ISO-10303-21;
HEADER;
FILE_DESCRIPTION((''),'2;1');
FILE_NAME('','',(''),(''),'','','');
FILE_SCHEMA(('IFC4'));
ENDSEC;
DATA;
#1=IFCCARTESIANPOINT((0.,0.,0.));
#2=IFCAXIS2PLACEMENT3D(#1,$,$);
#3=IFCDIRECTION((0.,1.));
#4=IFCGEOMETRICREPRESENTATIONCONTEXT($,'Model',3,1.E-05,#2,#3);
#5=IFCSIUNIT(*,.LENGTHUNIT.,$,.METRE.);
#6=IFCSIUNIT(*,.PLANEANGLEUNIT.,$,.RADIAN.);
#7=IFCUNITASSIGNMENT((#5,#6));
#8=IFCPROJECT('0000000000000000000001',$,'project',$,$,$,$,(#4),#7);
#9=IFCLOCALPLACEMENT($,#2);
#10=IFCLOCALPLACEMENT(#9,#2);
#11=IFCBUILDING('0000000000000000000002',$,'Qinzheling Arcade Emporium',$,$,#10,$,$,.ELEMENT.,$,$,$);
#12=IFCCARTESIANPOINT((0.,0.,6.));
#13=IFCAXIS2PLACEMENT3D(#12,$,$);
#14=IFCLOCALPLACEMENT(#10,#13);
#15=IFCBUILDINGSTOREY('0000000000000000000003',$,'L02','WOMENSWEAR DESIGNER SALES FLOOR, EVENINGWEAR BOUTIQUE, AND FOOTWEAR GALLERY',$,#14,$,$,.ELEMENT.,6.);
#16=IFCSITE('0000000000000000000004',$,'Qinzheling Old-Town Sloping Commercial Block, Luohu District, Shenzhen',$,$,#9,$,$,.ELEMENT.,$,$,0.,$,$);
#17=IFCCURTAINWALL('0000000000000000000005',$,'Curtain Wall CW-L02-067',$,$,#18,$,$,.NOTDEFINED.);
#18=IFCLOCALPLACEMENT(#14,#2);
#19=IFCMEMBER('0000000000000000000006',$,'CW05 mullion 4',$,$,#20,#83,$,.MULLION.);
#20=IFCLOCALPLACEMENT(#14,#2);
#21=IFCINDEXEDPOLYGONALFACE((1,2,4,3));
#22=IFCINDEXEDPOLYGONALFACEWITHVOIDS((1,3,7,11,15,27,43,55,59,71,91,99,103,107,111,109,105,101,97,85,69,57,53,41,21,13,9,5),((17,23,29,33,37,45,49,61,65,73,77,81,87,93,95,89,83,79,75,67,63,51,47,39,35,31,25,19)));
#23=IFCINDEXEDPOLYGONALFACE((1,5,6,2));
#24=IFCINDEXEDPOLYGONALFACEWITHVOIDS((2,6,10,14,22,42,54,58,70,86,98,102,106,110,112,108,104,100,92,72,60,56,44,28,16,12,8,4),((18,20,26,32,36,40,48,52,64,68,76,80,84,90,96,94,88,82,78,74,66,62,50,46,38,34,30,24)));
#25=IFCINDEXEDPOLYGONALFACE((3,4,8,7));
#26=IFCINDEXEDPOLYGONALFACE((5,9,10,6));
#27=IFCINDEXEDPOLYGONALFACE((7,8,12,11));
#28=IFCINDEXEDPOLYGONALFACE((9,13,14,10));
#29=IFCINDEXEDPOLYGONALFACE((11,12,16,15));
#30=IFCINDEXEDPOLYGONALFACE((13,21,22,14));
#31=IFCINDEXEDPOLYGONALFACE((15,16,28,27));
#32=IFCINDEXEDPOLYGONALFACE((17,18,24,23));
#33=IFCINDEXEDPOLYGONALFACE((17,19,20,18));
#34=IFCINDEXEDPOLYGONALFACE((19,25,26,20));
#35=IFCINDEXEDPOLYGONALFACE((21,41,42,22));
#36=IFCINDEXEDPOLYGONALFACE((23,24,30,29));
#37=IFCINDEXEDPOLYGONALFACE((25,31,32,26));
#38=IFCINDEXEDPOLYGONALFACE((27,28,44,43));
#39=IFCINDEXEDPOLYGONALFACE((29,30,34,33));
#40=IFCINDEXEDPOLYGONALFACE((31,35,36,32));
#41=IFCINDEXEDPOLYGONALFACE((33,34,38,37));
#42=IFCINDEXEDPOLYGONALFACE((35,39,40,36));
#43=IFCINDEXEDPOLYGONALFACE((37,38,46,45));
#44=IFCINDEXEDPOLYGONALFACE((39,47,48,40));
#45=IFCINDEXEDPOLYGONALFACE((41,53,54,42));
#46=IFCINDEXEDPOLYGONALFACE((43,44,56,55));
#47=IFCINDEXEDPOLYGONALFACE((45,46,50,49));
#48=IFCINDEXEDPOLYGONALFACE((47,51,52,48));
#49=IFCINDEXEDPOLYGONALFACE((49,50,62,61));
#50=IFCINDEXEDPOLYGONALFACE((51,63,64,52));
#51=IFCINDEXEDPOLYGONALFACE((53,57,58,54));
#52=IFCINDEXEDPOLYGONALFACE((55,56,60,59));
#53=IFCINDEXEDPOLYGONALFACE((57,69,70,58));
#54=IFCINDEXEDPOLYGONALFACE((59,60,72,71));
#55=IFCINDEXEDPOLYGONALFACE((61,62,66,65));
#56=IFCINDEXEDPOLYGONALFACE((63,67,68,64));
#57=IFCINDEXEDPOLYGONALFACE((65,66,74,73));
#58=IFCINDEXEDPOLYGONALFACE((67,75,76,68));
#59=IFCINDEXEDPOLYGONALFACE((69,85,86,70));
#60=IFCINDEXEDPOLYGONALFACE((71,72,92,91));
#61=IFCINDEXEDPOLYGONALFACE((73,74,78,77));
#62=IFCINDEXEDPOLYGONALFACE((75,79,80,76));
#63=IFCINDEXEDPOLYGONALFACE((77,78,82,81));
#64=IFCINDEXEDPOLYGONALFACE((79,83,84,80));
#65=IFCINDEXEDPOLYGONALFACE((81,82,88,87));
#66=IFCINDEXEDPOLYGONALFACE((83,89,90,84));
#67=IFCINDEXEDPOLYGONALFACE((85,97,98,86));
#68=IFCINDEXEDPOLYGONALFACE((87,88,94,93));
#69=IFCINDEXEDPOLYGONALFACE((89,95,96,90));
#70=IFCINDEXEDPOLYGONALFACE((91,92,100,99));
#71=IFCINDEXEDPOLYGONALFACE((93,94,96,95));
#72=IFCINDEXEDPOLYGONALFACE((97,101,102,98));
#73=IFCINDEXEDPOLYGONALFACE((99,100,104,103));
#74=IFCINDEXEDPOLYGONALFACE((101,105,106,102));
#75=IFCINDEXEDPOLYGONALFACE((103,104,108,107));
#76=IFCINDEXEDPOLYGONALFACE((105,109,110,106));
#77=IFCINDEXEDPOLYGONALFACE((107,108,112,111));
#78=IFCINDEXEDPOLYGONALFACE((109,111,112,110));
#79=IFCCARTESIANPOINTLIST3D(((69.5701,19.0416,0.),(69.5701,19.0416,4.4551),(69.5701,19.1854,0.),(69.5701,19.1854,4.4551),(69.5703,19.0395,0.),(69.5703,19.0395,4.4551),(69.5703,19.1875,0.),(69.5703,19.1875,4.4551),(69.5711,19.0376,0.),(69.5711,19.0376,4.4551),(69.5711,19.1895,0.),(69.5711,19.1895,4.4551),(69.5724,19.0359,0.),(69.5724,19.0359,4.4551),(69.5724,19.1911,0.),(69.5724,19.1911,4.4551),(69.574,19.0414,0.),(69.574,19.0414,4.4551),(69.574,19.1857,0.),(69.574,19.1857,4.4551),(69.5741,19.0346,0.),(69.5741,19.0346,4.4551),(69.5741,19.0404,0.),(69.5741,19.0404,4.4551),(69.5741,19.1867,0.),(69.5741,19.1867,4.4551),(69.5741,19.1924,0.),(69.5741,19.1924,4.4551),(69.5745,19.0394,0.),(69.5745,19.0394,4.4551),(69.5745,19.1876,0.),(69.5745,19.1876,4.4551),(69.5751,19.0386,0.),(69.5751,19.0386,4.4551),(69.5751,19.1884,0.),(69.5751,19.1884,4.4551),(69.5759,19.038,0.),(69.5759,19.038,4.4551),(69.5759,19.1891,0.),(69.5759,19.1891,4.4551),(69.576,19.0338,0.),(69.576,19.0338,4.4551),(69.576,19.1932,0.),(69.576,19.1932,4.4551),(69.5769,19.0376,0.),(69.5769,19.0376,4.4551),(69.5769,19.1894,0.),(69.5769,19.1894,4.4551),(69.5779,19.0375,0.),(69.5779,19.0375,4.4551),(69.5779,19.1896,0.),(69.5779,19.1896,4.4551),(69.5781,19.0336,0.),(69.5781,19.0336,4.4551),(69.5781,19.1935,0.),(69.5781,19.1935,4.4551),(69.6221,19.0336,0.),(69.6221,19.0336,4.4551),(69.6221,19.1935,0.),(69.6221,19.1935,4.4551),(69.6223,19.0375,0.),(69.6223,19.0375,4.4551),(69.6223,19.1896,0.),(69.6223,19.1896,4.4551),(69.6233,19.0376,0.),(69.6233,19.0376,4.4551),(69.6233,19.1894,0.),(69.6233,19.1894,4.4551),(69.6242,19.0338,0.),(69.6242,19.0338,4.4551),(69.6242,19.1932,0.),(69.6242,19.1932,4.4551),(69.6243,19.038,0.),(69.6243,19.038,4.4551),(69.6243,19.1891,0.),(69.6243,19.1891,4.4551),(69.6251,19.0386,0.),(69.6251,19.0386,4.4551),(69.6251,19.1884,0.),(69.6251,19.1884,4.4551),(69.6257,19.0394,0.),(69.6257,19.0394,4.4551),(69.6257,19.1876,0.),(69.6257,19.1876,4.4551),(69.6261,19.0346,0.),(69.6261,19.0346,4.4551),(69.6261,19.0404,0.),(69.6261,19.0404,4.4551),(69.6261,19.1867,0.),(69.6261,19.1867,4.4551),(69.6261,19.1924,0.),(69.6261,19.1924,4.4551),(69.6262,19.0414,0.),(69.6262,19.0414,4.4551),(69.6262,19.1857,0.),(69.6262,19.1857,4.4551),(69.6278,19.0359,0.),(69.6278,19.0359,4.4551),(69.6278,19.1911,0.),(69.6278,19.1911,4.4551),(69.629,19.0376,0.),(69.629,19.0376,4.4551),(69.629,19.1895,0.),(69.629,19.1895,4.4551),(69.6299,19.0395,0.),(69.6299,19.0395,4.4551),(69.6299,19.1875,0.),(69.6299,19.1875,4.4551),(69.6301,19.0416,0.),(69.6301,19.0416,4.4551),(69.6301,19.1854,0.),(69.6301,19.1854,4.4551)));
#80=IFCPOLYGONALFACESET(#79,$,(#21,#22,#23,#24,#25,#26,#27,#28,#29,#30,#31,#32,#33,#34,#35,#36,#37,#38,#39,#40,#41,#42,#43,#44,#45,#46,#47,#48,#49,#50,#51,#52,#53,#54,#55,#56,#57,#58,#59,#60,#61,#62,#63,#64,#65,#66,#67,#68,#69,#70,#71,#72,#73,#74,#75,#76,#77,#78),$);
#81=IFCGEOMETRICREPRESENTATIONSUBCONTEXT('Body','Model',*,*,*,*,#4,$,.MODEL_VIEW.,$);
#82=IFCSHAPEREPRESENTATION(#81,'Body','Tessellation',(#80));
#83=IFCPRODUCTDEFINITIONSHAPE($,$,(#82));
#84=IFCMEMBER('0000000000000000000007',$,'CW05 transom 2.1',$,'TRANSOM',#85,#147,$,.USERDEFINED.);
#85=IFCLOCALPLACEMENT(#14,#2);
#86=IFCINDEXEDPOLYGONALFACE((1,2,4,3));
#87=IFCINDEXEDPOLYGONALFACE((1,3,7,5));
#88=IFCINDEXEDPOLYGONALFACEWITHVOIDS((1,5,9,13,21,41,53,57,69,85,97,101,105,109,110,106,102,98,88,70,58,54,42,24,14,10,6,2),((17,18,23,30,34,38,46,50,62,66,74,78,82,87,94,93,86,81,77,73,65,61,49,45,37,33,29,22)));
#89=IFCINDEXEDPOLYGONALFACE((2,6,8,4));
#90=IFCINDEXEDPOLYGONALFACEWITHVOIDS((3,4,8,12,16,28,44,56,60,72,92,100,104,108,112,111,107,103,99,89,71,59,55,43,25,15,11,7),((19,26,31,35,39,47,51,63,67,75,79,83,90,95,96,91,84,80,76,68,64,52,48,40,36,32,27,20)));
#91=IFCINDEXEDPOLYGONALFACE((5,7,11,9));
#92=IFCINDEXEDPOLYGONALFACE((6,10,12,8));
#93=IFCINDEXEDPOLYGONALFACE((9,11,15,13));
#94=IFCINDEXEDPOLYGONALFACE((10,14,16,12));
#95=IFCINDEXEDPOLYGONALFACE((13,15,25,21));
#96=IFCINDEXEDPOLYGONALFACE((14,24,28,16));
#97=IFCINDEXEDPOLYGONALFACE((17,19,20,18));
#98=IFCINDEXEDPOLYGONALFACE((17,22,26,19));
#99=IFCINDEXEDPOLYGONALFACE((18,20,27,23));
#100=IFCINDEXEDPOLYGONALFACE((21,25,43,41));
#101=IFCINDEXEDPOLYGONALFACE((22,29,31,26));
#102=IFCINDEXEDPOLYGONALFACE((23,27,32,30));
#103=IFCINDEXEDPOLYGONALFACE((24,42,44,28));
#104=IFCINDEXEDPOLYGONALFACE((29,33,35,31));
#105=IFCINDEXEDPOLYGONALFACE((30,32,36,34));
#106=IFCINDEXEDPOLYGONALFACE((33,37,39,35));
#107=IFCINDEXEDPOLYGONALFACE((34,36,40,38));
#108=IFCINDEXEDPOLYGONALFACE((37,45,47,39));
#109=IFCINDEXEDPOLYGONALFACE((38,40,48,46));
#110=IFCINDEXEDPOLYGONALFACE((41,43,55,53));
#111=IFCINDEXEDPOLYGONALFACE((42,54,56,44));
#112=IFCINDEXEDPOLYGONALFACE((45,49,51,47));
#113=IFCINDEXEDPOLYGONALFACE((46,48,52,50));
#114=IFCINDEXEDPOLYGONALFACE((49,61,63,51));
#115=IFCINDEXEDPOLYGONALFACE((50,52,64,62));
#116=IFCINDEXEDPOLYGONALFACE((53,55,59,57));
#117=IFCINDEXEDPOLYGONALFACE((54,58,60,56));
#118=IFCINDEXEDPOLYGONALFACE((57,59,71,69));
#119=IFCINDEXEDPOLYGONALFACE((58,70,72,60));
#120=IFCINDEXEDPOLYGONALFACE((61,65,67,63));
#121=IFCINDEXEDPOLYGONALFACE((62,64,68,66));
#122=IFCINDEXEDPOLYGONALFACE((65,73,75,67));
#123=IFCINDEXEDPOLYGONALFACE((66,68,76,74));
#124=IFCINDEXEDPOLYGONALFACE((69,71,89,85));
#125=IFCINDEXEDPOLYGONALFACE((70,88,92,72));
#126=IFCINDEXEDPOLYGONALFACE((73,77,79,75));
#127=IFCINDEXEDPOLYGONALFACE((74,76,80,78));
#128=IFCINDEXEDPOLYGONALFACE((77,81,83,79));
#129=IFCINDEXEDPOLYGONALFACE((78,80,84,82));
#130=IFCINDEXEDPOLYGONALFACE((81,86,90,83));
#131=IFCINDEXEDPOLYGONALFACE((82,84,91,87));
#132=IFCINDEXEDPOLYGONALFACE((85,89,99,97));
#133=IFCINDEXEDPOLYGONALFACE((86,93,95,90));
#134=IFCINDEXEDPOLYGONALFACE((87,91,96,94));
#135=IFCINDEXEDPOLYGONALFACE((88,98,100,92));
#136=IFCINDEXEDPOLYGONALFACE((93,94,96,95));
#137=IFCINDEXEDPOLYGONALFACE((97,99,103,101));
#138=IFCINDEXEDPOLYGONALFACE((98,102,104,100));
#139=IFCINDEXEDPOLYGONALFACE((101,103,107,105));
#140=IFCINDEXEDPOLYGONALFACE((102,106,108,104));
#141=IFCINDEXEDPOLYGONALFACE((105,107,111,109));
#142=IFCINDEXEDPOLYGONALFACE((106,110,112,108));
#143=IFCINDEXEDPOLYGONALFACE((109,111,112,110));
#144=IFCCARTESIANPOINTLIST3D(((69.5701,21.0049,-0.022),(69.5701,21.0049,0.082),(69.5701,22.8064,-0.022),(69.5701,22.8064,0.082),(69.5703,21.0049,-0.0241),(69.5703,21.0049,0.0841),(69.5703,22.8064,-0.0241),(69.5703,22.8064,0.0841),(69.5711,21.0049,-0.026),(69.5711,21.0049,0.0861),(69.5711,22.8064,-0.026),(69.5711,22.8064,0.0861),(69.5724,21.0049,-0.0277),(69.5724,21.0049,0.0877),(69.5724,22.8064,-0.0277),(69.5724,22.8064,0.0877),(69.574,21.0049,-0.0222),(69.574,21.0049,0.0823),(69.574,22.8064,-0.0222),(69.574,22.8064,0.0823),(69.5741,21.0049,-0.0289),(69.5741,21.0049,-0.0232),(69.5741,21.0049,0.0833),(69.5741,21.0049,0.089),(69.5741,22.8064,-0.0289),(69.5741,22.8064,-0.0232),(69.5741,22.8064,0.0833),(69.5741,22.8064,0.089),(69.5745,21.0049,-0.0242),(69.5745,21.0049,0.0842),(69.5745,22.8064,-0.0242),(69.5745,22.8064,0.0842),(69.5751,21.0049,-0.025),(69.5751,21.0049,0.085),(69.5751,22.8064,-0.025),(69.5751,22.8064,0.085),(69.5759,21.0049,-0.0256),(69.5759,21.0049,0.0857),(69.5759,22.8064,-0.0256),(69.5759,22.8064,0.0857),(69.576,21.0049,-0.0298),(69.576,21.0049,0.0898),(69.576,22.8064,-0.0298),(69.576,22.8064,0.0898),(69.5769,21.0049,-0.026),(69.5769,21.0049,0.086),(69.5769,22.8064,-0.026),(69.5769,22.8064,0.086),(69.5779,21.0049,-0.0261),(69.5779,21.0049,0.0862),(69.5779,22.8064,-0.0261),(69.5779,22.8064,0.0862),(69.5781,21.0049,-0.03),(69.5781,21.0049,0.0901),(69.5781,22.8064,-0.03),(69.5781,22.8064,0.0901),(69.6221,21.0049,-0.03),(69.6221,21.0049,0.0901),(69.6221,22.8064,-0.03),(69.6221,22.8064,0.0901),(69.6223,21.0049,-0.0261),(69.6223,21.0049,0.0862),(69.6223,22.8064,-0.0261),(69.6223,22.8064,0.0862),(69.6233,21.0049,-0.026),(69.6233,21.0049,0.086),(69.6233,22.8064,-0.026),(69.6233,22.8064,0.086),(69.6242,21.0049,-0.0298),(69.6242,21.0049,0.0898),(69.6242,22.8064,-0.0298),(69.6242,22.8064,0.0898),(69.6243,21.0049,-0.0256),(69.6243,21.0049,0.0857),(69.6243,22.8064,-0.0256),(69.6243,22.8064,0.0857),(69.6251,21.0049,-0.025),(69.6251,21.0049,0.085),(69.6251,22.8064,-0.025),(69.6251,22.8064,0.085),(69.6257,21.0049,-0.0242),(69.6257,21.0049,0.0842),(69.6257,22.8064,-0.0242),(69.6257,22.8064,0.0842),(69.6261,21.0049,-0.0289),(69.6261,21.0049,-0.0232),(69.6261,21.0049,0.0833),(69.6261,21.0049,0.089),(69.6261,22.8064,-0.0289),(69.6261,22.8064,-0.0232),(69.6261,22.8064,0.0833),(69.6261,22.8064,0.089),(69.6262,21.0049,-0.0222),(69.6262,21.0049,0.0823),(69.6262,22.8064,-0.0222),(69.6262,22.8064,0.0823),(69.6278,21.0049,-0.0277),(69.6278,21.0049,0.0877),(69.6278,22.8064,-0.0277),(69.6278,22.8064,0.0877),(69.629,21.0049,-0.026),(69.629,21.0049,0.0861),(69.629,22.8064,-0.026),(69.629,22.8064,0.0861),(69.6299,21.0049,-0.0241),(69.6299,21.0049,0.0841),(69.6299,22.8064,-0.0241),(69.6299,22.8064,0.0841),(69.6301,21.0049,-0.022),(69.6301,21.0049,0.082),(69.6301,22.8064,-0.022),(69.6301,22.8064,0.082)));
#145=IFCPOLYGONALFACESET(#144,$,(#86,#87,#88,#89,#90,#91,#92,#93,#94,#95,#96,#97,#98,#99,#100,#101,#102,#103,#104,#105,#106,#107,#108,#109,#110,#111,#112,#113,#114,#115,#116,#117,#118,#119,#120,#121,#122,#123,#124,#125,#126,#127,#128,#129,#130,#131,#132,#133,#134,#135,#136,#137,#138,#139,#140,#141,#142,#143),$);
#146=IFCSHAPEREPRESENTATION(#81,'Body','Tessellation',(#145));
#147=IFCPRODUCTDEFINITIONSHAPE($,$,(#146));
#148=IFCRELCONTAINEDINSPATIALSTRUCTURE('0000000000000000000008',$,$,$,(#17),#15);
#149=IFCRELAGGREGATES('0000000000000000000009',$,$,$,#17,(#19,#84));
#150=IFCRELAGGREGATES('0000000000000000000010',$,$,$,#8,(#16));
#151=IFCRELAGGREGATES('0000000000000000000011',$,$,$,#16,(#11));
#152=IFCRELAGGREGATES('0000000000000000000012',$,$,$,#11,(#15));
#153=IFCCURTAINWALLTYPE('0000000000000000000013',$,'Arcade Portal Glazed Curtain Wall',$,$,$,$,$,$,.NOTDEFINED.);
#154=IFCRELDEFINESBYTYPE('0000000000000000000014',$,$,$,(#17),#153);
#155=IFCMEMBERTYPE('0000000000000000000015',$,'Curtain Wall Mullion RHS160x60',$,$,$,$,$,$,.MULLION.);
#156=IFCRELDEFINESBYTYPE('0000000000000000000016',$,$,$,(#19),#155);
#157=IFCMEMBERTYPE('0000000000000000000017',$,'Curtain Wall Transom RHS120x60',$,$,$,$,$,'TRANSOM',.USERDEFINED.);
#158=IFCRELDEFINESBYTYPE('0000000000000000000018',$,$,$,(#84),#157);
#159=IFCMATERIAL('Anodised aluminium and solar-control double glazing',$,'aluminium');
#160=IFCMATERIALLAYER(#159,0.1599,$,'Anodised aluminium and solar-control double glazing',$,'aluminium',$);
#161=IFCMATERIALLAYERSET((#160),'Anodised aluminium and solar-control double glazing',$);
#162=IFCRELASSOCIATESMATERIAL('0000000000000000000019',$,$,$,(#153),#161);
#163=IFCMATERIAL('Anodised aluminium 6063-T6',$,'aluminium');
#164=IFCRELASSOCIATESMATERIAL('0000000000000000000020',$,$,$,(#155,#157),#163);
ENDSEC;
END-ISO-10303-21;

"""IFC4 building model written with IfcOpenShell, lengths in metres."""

from ifc_helpers import new_model, si_unit, direction, frame, origin, origin_2d, place, context, subcontext, project, spatial, hollow_rectangle, extrude, material, layer, layer_set, material_profile, profile_set, type_object, element, aggregate, save


model = new_model("IFC4")

# Units and contexts
model_context = context("Model", 3, precision=1e-05, world=origin(), true_north=direction((0.0, 1.0)))
body_context = subcontext(model_context, "Body", "Model", "MODEL_VIEW")
ifc_project = project(units=[si_unit("LENGTHUNIT", "METRE"), si_unit("PLANEANGLEUNIT", "RADIAN")], contexts=[model_context])

# Site, building, storey
site_placement = place(None, origin())
site = spatial("IfcSite", under=ifc_project, at=site_placement, Name="Qinzheling Old-Town Sloping Commercial Block, Luohu District, Shenzhen", CompositionType="ELEMENT", RefElevation=0.0)
building_placement = place(site_placement, origin())
building = spatial("IfcBuilding", under=site, at=building_placement, Name="Qinzheling Arcade Emporium", CompositionType="ELEMENT")
storey_placement = place(building_placement, frame((0.0, 0.0, 6.0)))
storey = spatial("IfcBuildingStorey", under=building, at=storey_placement, Name="L02", Description="WOMENSWEAR DESIGNER SALES FLOOR, EVENINGWEAR BOUTIQUE, AND FOOTWEAR GALLERY", CompositionType="ELEMENT", Elevation=6.0)

# Curtain wall, members
ifc_material_1 = material(Name="Anodised aluminium and solar-control double glazing", Category="aluminium")
ifc_layer_1 = layer(ifc_material_1, 0.1599, Name="Anodised aluminium and solar-control double glazing", Category="aluminium")
ifc_layer_set_1 = layer_set([ifc_layer_1], Name="Anodised aluminium and solar-control double glazing")
curtain_wall_type = type_object("IfcCurtainWallType", Name="Arcade Portal Glazed Curtain Wall", PredefinedType="NOTDEFINED", material=ifc_layer_set_1)
curtain_wall_placement = place(storey_placement, origin())
curtain_wall = element("IfcCurtainWall", 1, at=curtain_wall_placement, inside=storey, type_object=curtain_wall_type, Name="Curtain Wall CW-L02-067", PredefinedType="NOTDEFINED")
ifc_material_2 = material(Name="Anodised aluminium 6063-T6", Category="aluminium")
ifc_material_profile_1 = material_profile(ifc_material_2, hollow_rectangle(XDim=0.0601, YDim=0.1599, WallThickness=0.0039, InnerFilletRadius=0.0039, OuterFilletRadius=0.0081, at=origin_2d()), Name="RHS 160x60x4", Category="aluminium")
ifc_profile_set_1 = profile_set([ifc_material_profile_1], Name="Anodised aluminium 6063-T6")
member_type_1 = type_object("IfcMemberType", Name="Curtain Wall Mullion RHS160x60", PredefinedType="MULLION", material=ifc_profile_set_1)
member_1_placement = place(storey_placement, frame((69.6001, 19.1135, 0.0), z_axis=(0.0, 0.0, 1.0), x_axis=(1.0, 0.0, 0.0)))
member_1 = element("IfcMember", 2, at=member_1_placement, type_object=member_type_1, Name="CW05 mullion 4", PredefinedType="MULLION", context=body_context, shape_type="SweptSolid", body=[
    extrude(hollow_rectangle(XDim=0.0601, YDim=0.1599, WallThickness=0.0039, InnerFilletRadius=0.0039, OuterFilletRadius=0.0081, at=origin_2d()), origin(), (0.0, 0.0, 1.0), 4.4551),
])
ifc_material_profile_2 = material_profile(ifc_material_2, hollow_rectangle(XDim=0.0601, YDim=0.1201, WallThickness=0.0039, InnerFilletRadius=0.0039, OuterFilletRadius=0.0081, at=origin_2d()), Name="RHS 120x60x4", Category="aluminium")
ifc_profile_set_2 = profile_set([ifc_material_profile_2], Name="Anodised aluminium 6063-T6")
member_type_2 = type_object("IfcMemberType", Name="Curtain Wall Transom RHS120x60", ElementType="TRANSOM", PredefinedType="USERDEFINED", material=ifc_profile_set_2)
member_2_placement = place(storey_placement, frame((69.6001, 22.8064, 0.03), z_axis=(0.0, -1.0, 0.0), x_axis=(1.0, 0.0, 0.0)))
member_2 = element("IfcMember", 3, at=member_2_placement, type_object=member_type_2, Name="CW05 transom 2.1", ObjectType="TRANSOM", PredefinedType="USERDEFINED", context=body_context, shape_type="SweptSolid", body=[
    extrude(hollow_rectangle(XDim=0.0601, YDim=0.1201, WallThickness=0.0039, InnerFilletRadius=0.0039, OuterFilletRadius=0.0081, at=origin_2d()), origin(), (0.0, 0.0, 1.0), 1.8015),
])
aggregate(curtain_wall, [member_1, member_2])

save(model, "model.ifc")
